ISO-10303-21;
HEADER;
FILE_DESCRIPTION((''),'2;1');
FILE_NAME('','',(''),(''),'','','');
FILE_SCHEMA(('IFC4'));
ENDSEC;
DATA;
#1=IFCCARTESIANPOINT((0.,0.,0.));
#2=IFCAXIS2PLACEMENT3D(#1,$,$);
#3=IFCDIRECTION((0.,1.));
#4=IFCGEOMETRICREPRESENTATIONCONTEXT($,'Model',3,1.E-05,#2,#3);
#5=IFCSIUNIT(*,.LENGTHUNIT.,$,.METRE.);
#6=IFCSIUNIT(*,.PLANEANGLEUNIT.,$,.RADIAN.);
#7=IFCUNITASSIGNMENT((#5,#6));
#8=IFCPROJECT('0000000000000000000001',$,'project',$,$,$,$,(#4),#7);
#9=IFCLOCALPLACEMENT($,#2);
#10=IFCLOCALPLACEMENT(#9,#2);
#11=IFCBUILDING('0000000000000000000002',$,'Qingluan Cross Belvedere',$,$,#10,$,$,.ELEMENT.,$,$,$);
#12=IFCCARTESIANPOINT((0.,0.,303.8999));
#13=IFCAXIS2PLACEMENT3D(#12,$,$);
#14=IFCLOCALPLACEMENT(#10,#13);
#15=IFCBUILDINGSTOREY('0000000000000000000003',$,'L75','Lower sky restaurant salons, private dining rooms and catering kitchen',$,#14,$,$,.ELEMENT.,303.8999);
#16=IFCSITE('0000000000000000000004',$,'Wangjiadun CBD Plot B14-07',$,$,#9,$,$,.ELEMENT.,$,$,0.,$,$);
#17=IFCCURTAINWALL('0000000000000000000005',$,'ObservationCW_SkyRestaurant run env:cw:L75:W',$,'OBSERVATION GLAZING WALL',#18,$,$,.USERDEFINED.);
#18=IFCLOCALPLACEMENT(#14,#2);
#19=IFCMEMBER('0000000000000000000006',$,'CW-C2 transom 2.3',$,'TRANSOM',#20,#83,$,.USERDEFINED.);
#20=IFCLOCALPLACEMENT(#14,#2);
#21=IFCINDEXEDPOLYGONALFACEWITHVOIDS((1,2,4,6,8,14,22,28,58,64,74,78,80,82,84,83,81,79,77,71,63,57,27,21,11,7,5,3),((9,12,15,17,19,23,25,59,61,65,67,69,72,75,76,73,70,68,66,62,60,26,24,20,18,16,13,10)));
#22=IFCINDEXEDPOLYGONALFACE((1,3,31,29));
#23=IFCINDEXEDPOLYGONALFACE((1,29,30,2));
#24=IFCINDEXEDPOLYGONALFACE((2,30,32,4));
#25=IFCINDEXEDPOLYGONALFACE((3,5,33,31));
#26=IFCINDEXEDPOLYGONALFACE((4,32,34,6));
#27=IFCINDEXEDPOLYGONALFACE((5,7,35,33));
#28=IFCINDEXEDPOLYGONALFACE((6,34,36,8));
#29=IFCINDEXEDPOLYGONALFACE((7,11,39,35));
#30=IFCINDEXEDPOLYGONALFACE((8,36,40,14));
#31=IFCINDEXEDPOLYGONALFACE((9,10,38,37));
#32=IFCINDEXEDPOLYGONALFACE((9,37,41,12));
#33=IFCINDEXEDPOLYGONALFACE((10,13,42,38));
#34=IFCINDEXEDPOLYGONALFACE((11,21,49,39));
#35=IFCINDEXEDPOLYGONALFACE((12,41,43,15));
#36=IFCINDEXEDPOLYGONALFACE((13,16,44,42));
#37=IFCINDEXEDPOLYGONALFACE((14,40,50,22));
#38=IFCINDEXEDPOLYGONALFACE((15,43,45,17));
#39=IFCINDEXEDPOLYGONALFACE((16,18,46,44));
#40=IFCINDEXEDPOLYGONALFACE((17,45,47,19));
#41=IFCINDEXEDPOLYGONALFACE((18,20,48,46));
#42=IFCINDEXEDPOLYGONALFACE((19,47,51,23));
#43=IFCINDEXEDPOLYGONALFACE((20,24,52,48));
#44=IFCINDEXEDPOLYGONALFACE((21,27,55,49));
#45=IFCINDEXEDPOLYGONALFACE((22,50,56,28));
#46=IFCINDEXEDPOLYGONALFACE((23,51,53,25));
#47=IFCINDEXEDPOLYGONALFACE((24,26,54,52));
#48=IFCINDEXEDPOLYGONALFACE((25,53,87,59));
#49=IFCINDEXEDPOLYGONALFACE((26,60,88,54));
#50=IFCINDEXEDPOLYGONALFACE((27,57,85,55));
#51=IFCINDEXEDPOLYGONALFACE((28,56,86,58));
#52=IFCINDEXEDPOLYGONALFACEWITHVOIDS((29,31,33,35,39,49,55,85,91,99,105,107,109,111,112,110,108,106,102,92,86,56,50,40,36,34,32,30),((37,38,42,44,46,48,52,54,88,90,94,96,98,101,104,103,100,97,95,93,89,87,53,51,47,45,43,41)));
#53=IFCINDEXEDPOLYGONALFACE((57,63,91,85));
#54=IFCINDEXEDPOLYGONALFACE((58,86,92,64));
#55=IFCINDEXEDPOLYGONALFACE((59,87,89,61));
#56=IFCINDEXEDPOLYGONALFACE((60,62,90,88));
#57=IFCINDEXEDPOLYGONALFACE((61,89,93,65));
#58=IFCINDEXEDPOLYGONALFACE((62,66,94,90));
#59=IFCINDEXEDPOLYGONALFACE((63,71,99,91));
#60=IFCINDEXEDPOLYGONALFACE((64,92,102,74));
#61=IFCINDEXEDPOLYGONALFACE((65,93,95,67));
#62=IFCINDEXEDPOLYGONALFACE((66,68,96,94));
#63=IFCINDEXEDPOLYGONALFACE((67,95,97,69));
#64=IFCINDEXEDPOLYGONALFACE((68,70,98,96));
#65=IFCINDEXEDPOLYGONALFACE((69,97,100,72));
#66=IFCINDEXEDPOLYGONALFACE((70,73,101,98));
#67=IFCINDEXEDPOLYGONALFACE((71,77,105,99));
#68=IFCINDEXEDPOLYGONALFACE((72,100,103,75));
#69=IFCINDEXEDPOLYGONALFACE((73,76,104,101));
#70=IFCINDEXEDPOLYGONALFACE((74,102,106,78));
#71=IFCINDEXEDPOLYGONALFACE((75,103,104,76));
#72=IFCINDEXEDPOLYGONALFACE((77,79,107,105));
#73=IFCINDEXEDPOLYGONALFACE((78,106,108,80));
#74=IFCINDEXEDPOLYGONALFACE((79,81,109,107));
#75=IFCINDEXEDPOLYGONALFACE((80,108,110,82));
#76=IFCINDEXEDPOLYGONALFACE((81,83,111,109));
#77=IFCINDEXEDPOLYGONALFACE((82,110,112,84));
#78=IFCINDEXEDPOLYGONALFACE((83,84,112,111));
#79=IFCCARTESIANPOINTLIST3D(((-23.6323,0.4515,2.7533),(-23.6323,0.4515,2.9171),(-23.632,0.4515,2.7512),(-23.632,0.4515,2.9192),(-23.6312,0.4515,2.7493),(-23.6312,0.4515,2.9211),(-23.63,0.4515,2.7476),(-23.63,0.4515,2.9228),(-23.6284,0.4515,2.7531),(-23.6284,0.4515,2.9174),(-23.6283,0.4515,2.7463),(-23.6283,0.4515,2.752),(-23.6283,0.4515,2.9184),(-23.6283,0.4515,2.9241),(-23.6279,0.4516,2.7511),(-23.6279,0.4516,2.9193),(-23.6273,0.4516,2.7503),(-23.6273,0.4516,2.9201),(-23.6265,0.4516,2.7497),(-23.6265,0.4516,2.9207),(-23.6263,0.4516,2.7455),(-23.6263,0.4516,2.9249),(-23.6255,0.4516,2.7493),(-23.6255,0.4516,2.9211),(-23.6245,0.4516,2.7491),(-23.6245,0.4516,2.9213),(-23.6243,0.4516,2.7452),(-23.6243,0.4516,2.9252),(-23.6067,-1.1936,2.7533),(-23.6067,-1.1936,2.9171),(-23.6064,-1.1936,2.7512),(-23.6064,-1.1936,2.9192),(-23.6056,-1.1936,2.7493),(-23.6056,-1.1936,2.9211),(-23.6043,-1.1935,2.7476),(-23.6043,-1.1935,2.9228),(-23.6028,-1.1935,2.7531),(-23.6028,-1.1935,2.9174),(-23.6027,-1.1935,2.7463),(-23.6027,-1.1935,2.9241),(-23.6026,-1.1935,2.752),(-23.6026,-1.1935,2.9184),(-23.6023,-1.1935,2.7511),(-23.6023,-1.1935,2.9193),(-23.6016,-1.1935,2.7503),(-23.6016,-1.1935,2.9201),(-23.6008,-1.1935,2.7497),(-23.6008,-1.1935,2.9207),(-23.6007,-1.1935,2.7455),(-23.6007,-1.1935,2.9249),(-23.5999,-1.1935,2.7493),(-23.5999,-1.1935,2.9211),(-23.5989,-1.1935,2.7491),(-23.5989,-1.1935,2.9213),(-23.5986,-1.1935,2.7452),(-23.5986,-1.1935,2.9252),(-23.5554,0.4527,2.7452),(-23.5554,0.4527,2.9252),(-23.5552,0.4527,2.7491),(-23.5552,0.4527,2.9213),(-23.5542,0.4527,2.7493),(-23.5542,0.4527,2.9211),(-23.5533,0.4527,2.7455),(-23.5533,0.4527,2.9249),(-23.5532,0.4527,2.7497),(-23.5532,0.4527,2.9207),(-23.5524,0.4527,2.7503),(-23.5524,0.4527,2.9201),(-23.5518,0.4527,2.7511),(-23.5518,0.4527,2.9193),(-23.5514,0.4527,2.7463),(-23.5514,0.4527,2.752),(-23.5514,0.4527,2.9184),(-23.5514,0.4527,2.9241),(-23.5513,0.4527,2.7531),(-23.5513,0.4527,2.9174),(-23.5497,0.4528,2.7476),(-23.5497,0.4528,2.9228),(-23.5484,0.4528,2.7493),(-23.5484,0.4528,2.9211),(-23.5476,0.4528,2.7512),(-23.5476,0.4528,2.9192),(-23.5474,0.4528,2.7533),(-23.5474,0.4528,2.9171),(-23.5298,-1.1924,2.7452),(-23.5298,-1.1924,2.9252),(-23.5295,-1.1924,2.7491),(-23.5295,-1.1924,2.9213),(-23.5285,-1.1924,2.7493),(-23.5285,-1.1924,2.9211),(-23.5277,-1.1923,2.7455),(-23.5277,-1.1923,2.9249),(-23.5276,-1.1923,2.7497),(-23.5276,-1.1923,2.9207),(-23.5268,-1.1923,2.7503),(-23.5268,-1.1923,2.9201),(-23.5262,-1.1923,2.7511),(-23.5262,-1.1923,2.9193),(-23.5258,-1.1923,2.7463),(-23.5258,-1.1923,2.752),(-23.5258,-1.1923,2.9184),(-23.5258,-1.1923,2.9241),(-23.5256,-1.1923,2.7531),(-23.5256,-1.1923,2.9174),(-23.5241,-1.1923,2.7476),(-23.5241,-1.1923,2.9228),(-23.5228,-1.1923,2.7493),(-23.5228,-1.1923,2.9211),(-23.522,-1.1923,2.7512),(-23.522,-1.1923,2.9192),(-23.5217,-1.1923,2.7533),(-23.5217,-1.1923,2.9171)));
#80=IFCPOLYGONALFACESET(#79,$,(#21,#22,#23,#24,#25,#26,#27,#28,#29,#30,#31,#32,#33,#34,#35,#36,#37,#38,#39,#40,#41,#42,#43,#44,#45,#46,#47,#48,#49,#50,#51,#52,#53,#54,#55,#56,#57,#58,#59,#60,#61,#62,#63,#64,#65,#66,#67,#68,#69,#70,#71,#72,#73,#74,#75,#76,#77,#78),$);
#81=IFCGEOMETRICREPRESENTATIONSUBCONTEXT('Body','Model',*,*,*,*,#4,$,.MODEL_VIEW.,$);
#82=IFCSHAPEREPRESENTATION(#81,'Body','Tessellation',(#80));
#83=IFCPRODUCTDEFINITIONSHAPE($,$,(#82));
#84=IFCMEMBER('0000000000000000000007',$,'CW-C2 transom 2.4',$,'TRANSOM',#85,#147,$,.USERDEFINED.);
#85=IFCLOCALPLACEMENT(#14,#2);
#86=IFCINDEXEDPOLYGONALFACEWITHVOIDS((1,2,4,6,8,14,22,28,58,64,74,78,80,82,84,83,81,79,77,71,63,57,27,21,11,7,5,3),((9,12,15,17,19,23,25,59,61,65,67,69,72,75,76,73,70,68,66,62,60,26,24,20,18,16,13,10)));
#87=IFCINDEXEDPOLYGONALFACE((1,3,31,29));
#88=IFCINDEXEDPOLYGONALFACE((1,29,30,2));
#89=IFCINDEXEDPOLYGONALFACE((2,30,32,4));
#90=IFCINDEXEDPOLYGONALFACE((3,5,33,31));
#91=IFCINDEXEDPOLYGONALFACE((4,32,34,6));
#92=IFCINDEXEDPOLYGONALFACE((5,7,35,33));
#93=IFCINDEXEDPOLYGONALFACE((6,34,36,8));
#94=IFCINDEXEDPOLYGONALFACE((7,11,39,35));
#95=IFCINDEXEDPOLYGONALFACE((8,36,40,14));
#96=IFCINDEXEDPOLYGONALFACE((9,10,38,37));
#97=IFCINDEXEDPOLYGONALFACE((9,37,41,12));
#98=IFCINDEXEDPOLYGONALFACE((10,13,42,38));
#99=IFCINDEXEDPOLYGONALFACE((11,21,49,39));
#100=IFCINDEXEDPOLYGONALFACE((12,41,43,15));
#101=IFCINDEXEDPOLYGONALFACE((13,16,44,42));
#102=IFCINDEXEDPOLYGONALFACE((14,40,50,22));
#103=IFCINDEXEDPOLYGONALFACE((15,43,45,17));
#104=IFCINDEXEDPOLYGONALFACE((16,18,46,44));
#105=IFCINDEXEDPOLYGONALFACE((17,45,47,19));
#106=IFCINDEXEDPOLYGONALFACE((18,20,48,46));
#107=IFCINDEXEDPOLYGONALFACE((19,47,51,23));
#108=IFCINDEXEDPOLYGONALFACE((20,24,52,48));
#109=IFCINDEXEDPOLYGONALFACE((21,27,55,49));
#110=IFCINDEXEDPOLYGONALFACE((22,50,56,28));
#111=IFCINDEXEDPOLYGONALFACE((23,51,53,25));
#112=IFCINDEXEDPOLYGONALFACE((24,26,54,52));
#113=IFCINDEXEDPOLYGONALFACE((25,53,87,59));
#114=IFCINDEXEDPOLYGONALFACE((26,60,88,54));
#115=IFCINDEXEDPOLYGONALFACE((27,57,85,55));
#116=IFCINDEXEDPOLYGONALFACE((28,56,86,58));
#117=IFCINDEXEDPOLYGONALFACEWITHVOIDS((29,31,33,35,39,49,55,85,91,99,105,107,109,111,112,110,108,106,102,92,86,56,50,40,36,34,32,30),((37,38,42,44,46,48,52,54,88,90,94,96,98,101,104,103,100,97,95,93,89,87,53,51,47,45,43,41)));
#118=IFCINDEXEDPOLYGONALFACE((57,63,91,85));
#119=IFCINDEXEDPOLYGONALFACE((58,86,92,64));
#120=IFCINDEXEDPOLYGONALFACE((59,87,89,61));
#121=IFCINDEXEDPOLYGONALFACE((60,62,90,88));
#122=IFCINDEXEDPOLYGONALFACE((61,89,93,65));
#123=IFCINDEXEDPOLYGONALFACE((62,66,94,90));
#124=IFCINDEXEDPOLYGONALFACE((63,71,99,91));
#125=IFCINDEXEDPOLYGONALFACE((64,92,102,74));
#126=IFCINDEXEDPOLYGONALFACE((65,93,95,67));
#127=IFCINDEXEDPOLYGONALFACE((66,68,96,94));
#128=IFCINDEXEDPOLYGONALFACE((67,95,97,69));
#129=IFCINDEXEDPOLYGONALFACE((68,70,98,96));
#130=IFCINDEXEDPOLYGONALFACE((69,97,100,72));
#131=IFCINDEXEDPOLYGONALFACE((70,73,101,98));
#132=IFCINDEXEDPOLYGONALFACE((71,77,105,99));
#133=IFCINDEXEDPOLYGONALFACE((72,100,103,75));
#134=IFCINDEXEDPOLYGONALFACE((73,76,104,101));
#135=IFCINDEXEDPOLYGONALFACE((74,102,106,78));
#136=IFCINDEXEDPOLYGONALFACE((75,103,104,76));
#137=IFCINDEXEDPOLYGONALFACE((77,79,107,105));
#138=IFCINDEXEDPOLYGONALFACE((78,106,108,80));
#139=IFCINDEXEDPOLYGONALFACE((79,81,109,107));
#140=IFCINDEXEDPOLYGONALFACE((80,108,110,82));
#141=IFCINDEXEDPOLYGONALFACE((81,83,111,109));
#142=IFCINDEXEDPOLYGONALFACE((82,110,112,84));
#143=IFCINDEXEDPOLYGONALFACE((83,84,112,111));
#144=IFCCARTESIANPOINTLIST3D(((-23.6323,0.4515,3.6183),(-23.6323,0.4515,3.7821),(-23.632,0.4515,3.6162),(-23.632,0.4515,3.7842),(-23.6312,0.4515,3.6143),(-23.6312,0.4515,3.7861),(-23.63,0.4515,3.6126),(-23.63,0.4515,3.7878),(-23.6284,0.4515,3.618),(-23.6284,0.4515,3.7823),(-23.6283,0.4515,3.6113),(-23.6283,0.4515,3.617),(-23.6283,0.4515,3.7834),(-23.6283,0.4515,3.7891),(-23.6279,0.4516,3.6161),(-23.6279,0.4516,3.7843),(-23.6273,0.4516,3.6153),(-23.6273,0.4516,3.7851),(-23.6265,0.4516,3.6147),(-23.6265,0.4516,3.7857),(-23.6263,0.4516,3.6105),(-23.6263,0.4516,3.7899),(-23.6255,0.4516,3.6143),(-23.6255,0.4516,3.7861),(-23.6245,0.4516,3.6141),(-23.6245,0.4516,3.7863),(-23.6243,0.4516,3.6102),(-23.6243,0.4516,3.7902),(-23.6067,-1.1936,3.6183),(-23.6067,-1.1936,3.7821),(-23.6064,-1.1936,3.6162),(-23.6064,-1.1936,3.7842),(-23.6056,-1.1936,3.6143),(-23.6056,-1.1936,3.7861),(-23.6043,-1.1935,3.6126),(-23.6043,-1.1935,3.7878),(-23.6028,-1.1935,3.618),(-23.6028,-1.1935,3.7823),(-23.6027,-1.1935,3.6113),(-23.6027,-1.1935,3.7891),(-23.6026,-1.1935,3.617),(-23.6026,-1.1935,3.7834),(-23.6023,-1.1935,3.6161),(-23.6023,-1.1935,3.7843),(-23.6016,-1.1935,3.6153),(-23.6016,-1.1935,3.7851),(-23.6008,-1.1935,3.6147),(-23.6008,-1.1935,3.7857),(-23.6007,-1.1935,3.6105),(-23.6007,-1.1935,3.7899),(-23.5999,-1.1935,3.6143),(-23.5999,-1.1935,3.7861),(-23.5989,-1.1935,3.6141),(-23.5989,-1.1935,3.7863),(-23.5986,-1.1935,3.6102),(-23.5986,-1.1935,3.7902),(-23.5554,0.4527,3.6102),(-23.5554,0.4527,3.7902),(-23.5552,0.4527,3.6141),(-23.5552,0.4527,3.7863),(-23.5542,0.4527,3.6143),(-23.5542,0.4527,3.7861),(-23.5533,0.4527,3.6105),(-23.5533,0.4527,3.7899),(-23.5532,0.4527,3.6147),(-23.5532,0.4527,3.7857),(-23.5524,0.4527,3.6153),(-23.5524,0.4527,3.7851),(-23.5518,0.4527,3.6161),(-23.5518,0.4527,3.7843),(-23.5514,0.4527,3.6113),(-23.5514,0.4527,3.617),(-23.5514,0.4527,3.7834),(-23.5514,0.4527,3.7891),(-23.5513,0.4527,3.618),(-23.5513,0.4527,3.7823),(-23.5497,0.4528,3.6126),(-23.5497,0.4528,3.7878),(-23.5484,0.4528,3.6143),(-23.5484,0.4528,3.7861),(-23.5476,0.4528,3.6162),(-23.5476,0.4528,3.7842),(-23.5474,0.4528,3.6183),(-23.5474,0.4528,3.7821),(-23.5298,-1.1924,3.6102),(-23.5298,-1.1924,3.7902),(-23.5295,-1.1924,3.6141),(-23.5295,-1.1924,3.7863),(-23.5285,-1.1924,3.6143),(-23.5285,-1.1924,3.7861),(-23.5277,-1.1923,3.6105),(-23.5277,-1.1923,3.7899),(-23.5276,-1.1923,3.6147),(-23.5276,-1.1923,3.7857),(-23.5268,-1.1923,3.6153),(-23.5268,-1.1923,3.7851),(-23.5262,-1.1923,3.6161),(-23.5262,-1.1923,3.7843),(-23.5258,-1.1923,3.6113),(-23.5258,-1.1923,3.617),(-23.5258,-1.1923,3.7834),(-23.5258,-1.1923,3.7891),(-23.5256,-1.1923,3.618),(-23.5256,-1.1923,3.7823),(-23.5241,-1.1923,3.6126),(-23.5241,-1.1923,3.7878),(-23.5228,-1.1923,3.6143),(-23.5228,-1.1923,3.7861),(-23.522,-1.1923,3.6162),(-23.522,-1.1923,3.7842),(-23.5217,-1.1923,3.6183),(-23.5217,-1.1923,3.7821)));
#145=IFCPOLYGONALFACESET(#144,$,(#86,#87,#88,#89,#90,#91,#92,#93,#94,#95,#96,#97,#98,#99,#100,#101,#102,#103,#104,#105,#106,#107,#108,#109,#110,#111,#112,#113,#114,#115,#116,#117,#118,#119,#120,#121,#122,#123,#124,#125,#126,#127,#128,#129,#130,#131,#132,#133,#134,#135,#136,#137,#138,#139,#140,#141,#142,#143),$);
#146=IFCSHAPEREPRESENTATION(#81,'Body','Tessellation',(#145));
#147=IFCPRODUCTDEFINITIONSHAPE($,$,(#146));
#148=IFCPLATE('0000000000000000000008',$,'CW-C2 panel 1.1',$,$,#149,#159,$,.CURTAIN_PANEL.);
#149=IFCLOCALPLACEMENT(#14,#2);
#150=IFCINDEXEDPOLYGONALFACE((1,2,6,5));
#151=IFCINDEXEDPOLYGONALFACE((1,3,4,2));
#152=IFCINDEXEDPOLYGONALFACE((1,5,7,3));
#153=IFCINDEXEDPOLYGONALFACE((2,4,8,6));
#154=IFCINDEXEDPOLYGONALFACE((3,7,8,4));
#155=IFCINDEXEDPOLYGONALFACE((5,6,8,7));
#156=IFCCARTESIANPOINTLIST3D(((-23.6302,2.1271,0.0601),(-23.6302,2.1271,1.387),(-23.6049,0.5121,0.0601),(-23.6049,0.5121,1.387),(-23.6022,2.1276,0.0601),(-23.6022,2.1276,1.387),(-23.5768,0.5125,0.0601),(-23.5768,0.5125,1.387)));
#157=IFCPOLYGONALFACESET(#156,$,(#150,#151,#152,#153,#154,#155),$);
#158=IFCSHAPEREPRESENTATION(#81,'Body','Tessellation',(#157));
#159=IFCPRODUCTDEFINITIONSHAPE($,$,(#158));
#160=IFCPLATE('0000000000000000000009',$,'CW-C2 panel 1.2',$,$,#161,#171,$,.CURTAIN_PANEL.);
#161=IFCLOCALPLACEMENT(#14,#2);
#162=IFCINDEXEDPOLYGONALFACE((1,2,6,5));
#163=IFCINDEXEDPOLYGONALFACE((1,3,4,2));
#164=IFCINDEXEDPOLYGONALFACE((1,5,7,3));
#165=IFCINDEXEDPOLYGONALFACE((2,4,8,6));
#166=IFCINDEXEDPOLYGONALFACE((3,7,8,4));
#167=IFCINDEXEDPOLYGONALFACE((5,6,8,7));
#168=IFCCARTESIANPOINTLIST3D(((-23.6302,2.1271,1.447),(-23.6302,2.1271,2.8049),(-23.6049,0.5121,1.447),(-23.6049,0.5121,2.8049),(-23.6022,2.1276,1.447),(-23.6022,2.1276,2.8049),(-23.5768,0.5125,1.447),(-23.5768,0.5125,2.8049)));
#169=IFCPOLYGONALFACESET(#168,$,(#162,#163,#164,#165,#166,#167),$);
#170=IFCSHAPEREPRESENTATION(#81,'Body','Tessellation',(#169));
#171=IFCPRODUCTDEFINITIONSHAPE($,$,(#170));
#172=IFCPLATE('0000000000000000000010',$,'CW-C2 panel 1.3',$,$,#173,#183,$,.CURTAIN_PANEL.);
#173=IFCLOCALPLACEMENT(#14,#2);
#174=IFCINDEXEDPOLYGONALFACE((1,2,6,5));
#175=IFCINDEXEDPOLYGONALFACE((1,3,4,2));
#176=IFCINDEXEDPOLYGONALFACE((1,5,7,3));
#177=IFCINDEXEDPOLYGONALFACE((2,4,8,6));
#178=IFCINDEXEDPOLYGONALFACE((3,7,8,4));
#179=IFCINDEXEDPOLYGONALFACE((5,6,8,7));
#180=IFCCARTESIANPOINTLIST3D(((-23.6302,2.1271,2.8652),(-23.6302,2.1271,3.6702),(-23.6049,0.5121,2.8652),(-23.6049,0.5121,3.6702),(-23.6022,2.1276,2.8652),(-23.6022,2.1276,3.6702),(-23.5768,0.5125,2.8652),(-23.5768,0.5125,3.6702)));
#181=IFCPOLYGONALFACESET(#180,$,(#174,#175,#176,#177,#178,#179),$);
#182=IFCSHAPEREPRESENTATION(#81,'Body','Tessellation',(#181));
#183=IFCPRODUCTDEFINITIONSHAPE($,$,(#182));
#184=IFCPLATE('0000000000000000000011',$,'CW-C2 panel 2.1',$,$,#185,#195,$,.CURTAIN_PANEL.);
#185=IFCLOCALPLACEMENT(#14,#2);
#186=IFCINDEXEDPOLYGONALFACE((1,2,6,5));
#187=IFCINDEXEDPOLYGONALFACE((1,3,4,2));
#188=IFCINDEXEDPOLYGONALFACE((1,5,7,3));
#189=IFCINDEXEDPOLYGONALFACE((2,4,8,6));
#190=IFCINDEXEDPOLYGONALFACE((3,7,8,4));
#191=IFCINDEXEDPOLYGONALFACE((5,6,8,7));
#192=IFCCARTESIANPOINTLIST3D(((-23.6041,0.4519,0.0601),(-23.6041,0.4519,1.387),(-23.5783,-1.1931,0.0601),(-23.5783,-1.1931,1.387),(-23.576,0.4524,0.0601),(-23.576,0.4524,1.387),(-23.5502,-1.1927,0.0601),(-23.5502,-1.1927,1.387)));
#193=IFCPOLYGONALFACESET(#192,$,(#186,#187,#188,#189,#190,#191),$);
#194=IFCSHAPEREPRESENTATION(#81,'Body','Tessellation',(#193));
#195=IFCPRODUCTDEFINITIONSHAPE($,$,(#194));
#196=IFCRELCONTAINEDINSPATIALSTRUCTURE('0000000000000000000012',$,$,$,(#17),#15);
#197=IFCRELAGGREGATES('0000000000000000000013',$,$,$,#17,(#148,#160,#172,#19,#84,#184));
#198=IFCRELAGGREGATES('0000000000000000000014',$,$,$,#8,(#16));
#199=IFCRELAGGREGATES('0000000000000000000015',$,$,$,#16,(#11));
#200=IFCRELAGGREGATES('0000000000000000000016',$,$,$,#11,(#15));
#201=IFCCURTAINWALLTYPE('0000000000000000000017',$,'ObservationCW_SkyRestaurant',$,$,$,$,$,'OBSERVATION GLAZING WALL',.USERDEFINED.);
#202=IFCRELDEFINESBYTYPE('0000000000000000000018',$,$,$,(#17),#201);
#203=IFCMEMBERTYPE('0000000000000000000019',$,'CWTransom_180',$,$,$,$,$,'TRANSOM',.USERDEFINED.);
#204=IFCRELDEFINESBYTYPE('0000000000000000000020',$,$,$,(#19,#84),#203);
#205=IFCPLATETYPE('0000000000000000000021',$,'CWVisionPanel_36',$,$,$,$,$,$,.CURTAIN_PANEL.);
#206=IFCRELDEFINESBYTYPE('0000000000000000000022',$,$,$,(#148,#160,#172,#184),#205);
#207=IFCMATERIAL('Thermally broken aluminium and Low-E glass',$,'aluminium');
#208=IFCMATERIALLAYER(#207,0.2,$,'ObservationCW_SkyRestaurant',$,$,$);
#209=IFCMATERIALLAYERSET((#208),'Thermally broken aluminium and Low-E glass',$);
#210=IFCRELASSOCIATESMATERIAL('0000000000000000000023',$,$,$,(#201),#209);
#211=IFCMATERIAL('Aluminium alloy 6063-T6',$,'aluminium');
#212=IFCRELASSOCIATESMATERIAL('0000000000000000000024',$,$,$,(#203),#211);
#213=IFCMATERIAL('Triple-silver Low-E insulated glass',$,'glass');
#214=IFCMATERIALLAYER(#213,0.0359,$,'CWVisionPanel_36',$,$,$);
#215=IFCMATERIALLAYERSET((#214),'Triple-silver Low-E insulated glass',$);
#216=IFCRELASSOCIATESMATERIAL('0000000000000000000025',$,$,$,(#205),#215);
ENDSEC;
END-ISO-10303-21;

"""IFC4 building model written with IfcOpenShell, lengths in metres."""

from ifc_helpers import new_model, si_unit, direction, frame, origin, origin_2d, place, context, subcontext, project, spatial, rectangle, hollow_rectangle, extrude, material, layer, layer_set, material_profile, profile_set, type_object, element, aggregate, save


model = new_model("IFC4")

# Units and contexts
model_context = context("Model", 3, precision=1e-05, world=origin(), true_north=direction((0.0, 1.0)))
body_context = subcontext(model_context, "Body", "Model", "MODEL_VIEW")
ifc_project = project(units=[si_unit("LENGTHUNIT", "METRE"), si_unit("PLANEANGLEUNIT", "RADIAN")], contexts=[model_context])

# Site, building, storey
site_placement = place(None, origin())
site = spatial("IfcSite", under=ifc_project, at=site_placement, Name="Wangjiadun CBD Plot B14-07", CompositionType="ELEMENT", RefElevation=0.0)
building_placement = place(site_placement, origin())
building = spatial("IfcBuilding", under=site, at=building_placement, Name="Qingluan Cross Belvedere", CompositionType="ELEMENT")
storey_placement = place(building_placement, frame((0.0, 0.0, 303.8999)))
storey = spatial("IfcBuildingStorey", under=building, at=storey_placement, Name="L75", Description="Lower sky restaurant salons, private dining rooms and catering kitchen", CompositionType="ELEMENT", Elevation=303.8999)

# Curtain wall, members, plates
ifc_material_1 = material(Name="Thermally broken aluminium and Low-E glass", Category="aluminium")
ifc_layer_1 = layer(ifc_material_1, 0.2, Name="ObservationCW_SkyRestaurant")
ifc_layer_set_1 = layer_set([ifc_layer_1], Name="Thermally broken aluminium and Low-E glass")
curtain_wall_type = type_object("IfcCurtainWallType", Name="ObservationCW_SkyRestaurant", ElementType="OBSERVATION GLAZING WALL", PredefinedType="USERDEFINED", material=ifc_layer_set_1)
curtain_wall_placement = place(storey_placement, origin())
curtain_wall = element("IfcCurtainWall", 1, at=curtain_wall_placement, inside=storey, type_object=curtain_wall_type, Name="ObservationCW_SkyRestaurant run env:cw:L75:W", ObjectType="OBSERVATION GLAZING WALL", PredefinedType="USERDEFINED")
ifc_material_2 = material(Name="Aluminium alloy 6063-T6", Category="aluminium")
ifc_material_profile_1 = material_profile(ifc_material_2, hollow_rectangle(XDim=0.085, YDim=0.1799, WallThickness=0.0039, InnerFilletRadius=0.0039, OuterFilletRadius=0.0081, at=origin_2d()), Name="CWT180x85x4")
ifc_profile_set_1 = profile_set([ifc_material_profile_1], Name="Aluminium alloy 6063-T6")
member_type_1 = type_object("IfcMemberType", Name="CWTransom_180", ElementType="TRANSOM", PredefinedType="USERDEFINED", material=ifc_profile_set_1)
member_1_placement = place(storey_placement, frame((-23.5898, 0.4521, 2.8352), z_axis=(0.015581, -0.999879, 0.0), x_axis=(0.999879, 0.015581, 0.0)))
member_1 = element("IfcMember", 2, at=member_1_placement, type_object=member_type_1, Name="CW-C2 transom 2.3", ObjectType="TRANSOM", PredefinedType="USERDEFINED", context=body_context, shape_type="SweptSolid", body=[
    extrude(hollow_rectangle(XDim=0.085, YDim=0.1799, WallThickness=0.0039, InnerFilletRadius=0.0039, OuterFilletRadius=0.0081, at=origin_2d()), origin(), (0.0, 0.0, 1.0), 1.6453),
])
member_2_placement = place(storey_placement, frame((-23.5898, 0.4521, 3.7002), z_axis=(0.015581, -0.999879, 0.0), x_axis=(0.999879, 0.015581, 0.0)))
member_2 = element("IfcMember", 3, at=member_2_placement, type_object=member_type_1, Name="CW-C2 transom 2.4", ObjectType="TRANSOM", PredefinedType="USERDEFINED", context=body_context, shape_type="SweptSolid", body=[
    extrude(hollow_rectangle(XDim=0.085, YDim=0.1799, WallThickness=0.0039, InnerFilletRadius=0.0039, OuterFilletRadius=0.0081, at=origin_2d()), origin(), (0.0, 0.0, 1.0), 1.6453),
])
ifc_material_3 = material(Name="Triple-silver Low-E insulated glass", Category="glass")
ifc_layer_2 = layer(ifc_material_3, 0.0359, Name="CWVisionPanel_36")
ifc_layer_set_2 = layer_set([ifc_layer_2], Name="Triple-silver Low-E insulated glass")
plate_type = type_object("IfcPlateType", Name="CWVisionPanel_36", PredefinedType="CURTAIN_PANEL", material=ifc_layer_set_2)
plate_1_placement = place(storey_placement, frame((-23.6035, 1.3198, 0.0601), z_axis=(0.0, 0.0, 1.0), x_axis=(0.015696, -0.999877, 0.0)))
plate_1 = element("IfcPlate", 4, at=plate_1_placement, type_object=plate_type, Name="CW-C2 panel 1.1", PredefinedType="CURTAIN_PANEL", context=body_context, shape_type="SweptSolid", body=[
    extrude(rectangle(XDim=1.6152, YDim=0.0281, at=origin_2d()), origin(), (0.0, 0.0, 1.0), 1.3269),
])
plate_2_placement = place(storey_placement, frame((-23.6035, 1.3198, 1.447), z_axis=(0.0, 0.0, 1.0), x_axis=(0.015696, -0.999877, 0.0)))
plate_2 = element("IfcPlate", 5, at=plate_2_placement, type_object=plate_type, Name="CW-C2 panel 1.2", PredefinedType="CURTAIN_PANEL", context=body_context, shape_type="SweptSolid", body=[
    extrude(rectangle(XDim=1.6152, YDim=0.0281, at=origin_2d()), origin(), (0.0, 0.0, 1.0), 1.3579),
])
plate_3_placement = place(storey_placement, frame((-23.6035, 1.3198, 2.8652), z_axis=(0.0, 0.0, 1.0), x_axis=(0.015696, -0.999877, 0.0)))
plate_3 = element("IfcPlate", 6, at=plate_3_placement, type_object=plate_type, Name="CW-C2 panel 1.3", PredefinedType="CURTAIN_PANEL", context=body_context, shape_type="SweptSolid", body=[
    extrude(rectangle(XDim=1.6152, YDim=0.0281, at=origin_2d()), origin(), (0.0, 0.0, 1.0), 0.8049),
])
plate_4_placement = place(storey_placement, frame((-23.5771, -0.3704, 0.0601), z_axis=(0.0, 0.0, 1.0), x_axis=(0.015696, -0.999877, 0.0)))
plate_4 = element("IfcPlate", 7, at=plate_4_placement, type_object=plate_type, Name="CW-C2 panel 2.1", PredefinedType="CURTAIN_PANEL", context=body_context, shape_type="SweptSolid", body=[
    extrude(rectangle(XDim=1.6453, YDim=0.0281, at=origin_2d()), origin(), (0.0, 0.0, 1.0), 1.3269),
])
aggregate(curtain_wall, [plate_1, plate_2, plate_3, member_1, member_2, plate_4])

save(model, "model.ifc")
